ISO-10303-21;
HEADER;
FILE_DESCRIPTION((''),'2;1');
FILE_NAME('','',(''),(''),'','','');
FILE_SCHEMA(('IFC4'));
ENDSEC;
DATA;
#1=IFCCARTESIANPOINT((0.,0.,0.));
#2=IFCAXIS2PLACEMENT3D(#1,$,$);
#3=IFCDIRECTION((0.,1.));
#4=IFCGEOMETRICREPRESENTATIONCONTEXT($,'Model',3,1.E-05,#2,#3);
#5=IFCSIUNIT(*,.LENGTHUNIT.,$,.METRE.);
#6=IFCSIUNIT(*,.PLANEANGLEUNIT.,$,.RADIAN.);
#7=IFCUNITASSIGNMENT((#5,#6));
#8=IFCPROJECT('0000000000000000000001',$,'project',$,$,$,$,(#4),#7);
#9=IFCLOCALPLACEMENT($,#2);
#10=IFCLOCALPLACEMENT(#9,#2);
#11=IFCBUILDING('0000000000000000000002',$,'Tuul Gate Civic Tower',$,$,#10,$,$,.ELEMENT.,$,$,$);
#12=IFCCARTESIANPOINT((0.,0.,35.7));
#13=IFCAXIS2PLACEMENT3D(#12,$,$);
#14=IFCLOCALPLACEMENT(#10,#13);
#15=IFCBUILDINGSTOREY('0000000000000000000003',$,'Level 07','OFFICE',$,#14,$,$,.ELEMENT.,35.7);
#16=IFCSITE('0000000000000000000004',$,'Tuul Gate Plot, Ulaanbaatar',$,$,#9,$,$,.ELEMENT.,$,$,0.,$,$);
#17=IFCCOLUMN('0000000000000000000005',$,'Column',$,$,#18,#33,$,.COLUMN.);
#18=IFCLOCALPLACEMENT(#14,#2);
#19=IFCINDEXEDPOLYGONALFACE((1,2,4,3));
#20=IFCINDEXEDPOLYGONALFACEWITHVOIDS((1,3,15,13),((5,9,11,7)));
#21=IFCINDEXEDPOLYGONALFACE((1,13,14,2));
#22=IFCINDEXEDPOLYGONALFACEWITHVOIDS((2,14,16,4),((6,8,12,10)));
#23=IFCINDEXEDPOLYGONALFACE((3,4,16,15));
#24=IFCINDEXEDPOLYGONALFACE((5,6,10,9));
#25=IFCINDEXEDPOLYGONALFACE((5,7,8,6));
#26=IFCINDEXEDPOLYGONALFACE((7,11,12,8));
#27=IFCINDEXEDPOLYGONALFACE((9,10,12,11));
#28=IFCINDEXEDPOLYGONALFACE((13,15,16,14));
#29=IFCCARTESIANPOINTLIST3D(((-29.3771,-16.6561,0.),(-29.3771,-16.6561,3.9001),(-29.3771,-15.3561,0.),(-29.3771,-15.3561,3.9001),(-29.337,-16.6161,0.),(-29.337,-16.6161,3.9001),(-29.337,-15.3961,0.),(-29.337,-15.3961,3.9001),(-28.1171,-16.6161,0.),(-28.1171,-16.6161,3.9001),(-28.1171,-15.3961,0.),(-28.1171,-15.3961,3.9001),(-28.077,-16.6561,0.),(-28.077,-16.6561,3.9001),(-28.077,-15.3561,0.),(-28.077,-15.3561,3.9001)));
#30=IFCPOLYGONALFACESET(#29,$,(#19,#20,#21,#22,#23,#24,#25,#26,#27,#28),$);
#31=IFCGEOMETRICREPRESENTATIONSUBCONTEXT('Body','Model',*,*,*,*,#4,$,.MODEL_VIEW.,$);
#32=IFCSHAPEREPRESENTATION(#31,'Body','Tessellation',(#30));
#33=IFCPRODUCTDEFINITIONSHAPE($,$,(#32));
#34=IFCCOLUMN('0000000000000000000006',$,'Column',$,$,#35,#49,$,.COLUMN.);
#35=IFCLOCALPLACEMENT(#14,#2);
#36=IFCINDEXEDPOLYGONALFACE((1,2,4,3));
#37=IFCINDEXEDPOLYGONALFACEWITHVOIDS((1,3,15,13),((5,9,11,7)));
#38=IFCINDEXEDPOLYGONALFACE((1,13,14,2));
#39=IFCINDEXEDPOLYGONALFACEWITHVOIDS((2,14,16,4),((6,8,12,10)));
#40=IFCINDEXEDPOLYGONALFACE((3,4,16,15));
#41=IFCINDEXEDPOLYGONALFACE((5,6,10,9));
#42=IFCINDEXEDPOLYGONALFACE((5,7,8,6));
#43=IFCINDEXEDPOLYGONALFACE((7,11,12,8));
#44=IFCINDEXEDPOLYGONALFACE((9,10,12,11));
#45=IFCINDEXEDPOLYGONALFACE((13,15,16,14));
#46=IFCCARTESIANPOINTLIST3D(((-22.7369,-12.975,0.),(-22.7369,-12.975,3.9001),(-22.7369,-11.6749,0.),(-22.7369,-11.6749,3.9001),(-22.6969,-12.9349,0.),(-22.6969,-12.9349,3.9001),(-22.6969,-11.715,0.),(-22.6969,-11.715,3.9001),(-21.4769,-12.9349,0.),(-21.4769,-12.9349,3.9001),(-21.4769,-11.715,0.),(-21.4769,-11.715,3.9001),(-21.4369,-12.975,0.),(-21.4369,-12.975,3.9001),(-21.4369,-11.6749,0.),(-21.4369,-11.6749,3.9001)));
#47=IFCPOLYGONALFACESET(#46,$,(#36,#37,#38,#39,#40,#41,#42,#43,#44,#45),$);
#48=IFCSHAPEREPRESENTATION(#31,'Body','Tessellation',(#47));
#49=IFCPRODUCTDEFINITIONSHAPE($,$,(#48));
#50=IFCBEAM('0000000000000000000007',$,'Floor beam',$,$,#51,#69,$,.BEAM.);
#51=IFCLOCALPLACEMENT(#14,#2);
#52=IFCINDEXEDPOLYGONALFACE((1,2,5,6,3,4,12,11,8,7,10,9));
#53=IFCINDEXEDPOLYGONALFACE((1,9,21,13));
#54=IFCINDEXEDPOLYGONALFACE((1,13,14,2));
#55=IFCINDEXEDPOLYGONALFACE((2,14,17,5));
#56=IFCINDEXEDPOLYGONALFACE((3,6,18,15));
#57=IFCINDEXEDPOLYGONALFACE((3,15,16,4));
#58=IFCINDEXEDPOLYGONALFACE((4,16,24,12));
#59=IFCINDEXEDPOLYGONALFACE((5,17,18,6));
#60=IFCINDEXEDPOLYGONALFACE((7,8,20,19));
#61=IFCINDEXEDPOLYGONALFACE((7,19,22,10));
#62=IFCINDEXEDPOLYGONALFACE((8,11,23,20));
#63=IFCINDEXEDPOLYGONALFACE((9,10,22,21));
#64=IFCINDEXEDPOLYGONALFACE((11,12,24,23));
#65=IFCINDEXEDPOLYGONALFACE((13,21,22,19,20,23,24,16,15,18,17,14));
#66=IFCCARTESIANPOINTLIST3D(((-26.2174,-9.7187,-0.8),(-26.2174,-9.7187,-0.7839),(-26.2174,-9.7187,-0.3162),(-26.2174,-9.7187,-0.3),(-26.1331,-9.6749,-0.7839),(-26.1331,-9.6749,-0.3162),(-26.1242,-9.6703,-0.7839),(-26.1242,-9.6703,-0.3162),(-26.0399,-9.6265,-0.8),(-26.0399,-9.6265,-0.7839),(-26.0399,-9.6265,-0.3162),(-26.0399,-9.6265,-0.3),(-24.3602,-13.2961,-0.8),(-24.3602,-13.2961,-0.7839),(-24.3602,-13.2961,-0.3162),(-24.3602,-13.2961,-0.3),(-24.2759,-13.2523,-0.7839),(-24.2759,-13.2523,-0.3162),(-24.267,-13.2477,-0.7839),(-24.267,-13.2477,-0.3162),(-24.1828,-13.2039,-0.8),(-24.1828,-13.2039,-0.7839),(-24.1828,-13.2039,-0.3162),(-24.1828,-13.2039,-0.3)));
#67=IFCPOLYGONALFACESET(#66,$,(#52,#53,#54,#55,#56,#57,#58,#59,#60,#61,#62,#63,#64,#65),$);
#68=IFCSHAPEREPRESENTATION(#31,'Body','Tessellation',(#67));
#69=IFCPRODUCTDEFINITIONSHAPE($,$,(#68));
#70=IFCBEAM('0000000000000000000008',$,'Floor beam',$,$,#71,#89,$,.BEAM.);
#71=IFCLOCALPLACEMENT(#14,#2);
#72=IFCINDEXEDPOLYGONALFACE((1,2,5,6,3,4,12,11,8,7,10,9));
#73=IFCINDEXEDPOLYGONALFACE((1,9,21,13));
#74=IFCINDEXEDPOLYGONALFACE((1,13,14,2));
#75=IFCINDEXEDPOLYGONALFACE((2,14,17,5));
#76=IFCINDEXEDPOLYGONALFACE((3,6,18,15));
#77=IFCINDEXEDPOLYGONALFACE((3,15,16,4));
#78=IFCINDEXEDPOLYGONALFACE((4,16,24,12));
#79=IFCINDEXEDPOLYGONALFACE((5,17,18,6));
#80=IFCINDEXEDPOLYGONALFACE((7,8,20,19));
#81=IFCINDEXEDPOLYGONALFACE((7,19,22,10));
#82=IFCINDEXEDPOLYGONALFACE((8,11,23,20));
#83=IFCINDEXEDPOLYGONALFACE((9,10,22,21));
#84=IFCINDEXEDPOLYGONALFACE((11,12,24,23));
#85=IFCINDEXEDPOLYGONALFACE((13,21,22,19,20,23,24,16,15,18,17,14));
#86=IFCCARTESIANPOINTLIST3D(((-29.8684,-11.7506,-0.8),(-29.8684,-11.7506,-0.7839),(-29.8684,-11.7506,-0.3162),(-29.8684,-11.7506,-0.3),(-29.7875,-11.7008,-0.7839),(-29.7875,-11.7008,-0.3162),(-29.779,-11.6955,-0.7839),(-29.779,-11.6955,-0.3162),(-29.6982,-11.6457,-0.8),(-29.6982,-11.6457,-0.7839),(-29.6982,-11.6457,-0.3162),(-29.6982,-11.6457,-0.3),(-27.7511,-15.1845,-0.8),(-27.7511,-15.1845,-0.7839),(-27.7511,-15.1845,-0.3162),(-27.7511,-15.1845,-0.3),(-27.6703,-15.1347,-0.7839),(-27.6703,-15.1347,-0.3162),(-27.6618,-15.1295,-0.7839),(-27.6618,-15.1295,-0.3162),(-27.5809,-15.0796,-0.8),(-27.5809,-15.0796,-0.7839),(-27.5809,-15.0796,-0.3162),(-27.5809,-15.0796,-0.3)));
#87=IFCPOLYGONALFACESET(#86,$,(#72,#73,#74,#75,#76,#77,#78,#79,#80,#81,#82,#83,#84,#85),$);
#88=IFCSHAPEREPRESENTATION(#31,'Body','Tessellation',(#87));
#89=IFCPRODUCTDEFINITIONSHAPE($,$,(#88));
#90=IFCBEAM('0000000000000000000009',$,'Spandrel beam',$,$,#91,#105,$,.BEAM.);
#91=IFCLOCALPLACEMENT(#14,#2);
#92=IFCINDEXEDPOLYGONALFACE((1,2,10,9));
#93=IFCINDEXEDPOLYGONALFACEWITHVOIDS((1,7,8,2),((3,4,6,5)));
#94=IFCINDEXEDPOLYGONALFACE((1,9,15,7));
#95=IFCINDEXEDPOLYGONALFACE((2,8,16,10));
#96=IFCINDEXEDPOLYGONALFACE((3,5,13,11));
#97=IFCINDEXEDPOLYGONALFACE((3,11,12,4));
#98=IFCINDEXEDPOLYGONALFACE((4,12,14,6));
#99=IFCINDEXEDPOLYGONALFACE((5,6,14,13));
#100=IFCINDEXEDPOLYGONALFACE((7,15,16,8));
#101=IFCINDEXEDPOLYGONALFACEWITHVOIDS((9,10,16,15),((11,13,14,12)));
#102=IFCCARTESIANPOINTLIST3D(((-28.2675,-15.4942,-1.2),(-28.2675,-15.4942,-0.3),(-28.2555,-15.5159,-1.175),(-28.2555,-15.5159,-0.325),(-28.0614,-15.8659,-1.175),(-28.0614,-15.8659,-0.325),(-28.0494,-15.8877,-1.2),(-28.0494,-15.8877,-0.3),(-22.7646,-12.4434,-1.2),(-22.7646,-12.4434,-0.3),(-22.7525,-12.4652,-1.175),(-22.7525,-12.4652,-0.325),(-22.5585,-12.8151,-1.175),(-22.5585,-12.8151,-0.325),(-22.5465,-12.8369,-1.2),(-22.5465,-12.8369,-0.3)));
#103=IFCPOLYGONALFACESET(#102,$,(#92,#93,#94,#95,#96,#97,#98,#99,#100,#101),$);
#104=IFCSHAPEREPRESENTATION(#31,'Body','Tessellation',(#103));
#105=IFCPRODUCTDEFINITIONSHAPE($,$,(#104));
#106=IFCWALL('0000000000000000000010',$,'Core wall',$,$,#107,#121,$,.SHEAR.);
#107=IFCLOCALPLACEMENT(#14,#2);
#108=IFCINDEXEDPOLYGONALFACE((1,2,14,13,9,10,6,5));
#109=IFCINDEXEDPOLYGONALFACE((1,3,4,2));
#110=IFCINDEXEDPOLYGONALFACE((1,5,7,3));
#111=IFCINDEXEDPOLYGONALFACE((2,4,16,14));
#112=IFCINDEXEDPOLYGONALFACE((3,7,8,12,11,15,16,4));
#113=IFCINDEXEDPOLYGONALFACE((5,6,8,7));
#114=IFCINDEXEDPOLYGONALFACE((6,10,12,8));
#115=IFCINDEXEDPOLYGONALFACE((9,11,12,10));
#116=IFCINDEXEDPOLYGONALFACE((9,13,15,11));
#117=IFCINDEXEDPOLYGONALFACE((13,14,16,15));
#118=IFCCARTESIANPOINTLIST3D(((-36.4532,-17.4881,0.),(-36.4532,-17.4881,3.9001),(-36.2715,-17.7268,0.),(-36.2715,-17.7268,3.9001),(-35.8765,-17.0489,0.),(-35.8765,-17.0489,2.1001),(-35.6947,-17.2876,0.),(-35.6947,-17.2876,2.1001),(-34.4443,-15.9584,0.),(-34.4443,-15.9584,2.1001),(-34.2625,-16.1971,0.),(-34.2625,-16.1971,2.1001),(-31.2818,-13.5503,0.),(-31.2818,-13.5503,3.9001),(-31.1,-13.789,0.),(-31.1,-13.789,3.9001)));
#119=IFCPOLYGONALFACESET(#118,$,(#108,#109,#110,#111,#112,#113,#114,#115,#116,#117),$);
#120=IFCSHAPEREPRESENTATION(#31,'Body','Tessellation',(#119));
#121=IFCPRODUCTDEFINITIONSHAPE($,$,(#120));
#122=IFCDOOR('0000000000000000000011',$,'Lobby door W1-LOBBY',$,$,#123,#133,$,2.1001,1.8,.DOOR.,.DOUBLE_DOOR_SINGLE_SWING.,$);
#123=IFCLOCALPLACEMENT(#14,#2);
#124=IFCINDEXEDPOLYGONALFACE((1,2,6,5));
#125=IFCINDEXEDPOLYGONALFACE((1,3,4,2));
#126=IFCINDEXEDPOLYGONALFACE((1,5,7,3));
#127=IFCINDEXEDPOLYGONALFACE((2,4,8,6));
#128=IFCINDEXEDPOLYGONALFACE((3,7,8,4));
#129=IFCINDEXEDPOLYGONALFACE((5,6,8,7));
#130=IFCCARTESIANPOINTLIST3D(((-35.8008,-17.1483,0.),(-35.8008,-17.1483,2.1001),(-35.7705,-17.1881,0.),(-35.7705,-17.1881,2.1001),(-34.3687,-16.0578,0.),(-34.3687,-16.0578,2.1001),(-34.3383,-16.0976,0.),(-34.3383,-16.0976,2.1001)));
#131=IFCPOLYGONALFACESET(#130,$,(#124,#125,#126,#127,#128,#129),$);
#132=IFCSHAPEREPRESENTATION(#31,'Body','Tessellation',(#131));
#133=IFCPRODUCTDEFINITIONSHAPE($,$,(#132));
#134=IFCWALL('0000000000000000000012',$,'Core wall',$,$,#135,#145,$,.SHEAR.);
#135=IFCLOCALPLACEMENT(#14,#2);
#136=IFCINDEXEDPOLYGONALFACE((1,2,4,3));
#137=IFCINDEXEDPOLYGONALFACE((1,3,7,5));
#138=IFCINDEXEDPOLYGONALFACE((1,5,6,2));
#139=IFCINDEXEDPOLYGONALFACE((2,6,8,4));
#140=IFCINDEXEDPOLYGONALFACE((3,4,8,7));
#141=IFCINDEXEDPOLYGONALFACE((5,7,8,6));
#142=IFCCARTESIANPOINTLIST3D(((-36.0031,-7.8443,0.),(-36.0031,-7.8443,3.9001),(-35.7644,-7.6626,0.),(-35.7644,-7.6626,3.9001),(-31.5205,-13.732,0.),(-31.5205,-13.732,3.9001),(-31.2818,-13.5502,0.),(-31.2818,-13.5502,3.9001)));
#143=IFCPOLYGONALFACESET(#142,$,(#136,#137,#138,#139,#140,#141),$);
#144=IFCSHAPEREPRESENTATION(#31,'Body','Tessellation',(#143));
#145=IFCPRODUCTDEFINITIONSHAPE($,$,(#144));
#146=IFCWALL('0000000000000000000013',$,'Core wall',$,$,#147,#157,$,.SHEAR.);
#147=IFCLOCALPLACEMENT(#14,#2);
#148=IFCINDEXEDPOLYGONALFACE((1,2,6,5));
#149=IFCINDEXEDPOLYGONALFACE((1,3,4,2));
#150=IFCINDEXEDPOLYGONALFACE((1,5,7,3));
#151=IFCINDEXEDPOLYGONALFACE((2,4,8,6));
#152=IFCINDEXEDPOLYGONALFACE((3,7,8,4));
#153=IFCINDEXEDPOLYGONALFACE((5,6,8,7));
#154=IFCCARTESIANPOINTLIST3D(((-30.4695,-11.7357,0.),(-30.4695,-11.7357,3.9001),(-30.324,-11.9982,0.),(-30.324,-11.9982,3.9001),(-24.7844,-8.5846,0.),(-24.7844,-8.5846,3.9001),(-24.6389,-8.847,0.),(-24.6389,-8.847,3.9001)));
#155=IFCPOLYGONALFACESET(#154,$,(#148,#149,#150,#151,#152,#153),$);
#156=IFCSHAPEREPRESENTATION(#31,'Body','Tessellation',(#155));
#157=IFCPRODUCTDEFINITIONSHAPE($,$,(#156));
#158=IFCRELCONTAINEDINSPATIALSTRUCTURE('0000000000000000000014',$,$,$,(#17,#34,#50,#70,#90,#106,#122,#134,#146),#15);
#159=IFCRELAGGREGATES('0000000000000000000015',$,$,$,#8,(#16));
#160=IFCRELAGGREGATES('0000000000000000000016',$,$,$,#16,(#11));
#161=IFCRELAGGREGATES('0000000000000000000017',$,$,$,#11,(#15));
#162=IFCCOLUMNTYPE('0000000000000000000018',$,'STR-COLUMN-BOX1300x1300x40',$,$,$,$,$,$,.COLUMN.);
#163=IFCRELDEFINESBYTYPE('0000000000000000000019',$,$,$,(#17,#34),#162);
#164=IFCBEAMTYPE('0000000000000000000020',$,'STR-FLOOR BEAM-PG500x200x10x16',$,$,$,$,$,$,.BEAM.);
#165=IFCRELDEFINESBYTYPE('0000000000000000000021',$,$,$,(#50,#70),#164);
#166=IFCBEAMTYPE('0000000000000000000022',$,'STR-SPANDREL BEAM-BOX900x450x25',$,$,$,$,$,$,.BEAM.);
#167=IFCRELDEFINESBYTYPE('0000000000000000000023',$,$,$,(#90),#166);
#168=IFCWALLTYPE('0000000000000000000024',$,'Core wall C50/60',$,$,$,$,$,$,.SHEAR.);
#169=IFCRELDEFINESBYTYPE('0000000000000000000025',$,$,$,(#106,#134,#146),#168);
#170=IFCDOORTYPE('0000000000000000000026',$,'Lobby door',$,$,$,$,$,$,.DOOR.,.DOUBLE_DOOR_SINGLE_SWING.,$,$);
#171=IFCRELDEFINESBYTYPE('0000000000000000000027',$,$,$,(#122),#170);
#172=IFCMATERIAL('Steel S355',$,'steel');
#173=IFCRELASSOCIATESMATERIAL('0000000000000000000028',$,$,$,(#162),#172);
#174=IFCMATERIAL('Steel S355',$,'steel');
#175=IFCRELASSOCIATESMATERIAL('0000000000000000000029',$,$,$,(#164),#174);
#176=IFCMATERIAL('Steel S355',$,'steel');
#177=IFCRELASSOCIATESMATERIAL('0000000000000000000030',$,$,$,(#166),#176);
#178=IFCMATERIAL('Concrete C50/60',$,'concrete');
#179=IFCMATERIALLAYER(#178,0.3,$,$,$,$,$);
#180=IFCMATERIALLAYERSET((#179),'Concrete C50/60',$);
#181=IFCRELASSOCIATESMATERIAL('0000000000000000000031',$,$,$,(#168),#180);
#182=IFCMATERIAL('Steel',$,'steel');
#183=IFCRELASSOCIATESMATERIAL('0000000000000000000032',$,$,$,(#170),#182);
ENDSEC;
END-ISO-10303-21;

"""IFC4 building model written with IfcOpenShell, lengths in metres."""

from ifc_helpers import new_model, si_unit, direction, frame, frame_2d, origin, origin_2d, place, context, subcontext, project, spatial, rectangle, hollow_rectangle, i_section, extrude, material, layer, layer_set, material_profile, profile_set, type_object, element, fill, save


model = new_model("IFC4")

# Units and contexts
model_context = context("Model", 3, precision=1e-05, world=origin(), true_north=direction((0.0, 1.0)))
body_context = subcontext(model_context, "Body", "Model", "MODEL_VIEW")
ifc_project = project(units=[si_unit("LENGTHUNIT", "METRE"), si_unit("PLANEANGLEUNIT", "RADIAN")], contexts=[model_context])

# Site, building, storey
site_placement = place(None, origin())
site = spatial("IfcSite", under=ifc_project, at=site_placement, Name="Tuul Gate Plot, Ulaanbaatar", CompositionType="ELEMENT", RefElevation=0.0)
building_placement = place(site_placement, origin())
building = spatial("IfcBuilding", under=site, at=building_placement, Name="Tuul Gate Civic Tower", CompositionType="ELEMENT")
storey_placement = place(building_placement, frame((0.0, 0.0, 35.7)))
storey = spatial("IfcBuildingStorey", under=building, at=storey_placement, Name="Level 07", Description="OFFICE", CompositionType="ELEMENT", Elevation=35.7)

# Columns
ifc_material_1 = material(Name="Steel S355", Category="steel")
ifc_material_profile_1 = material_profile(ifc_material_1, hollow_rectangle(XDim=1.3, YDim=1.3, WallThickness=0.04, at=origin_2d()), Name="BOX1300x1300x40")
ifc_profile_set_1 = profile_set([ifc_material_profile_1], Name="Steel S355")
column_type = type_object("IfcColumnType", Name="STR-COLUMN-BOX1300x1300x40", PredefinedType="COLUMN", material=ifc_profile_set_1)
for number, where, z_axis, x_axis, name in (
    (1, (-28.7271, -16.0061, 0.0), (0.0, 0.0, 1.0), (1.0, 0.0, 0.0), "Column"),
    (2, (-22.0869, -12.325, 0.0), (0.0, 0.0, 1.0), (1.0, 0.0, 0.0), "Column"),
):
    element("IfcColumn", number, at=place(storey_placement, frame(where, z_axis=z_axis, x_axis=x_axis)), inside=storey, type_object=column_type, Name=name, PredefinedType="COLUMN", context=body_context, shape_type="SweptSolid", body=[
        extrude(hollow_rectangle(XDim=1.3, YDim=1.3, WallThickness=0.04, at=origin_2d()), origin(), (0.0, 0.0, 1.0), 3.9001),
    ])

# Beams
ifc_material_2 = material(Name="Steel S355", Category="steel")
ifc_material_profile_2 = material_profile(ifc_material_2, i_section(OverallWidth=0.2, OverallDepth=0.5, WebThickness=0.01, FlangeThickness=0.0161, at=origin_2d()), Name="PG500x200x10x16")
ifc_profile_set_2 = profile_set([ifc_material_profile_2], Name="Steel S355")
beam_type_1 = type_object("IfcBeamType", Name="STR-FLOOR BEAM-PG500x200x10x16", PredefinedType="BEAM", material=ifc_profile_set_2)
beam_1_placement = place(storey_placement, frame((-24.2715, -13.25, -0.55), z_axis=(-0.460754, 0.887528, 0.0), x_axis=(-0.887528, -0.460754, 0.0)))
element("IfcBeam", 3, at=beam_1_placement, inside=storey, type_object=beam_type_1, Name="Floor beam", PredefinedType="BEAM", context=body_context, shape_type="SweptSolid", body=[
    extrude(i_section(OverallWidth=0.2, OverallDepth=0.5, WebThickness=0.01, FlangeThickness=0.0161, at=origin_2d()), origin(), (0.0, 0.0, 1.0), 4.0308),
])
beam_2_placement = place(storey_placement, frame((-27.666, -15.1321, -0.55), z_axis=(-0.524827, 0.851209, 0.0), x_axis=(-0.851209, -0.524827, 0.0)))
element("IfcBeam", 4, at=beam_2_placement, inside=storey, type_object=beam_type_1, Name="Floor beam", PredefinedType="BEAM", context=body_context, shape_type="SweptSolid", body=[
    extrude(i_section(OverallWidth=0.2, OverallDepth=0.5, WebThickness=0.01, FlangeThickness=0.0161, at=origin_2d()), origin(), (0.0, 0.0, 1.0), 4.0342),
])
ifc_material_3 = material(Name="Steel S355", Category="steel")
ifc_material_profile_3 = material_profile(ifc_material_3, hollow_rectangle(XDim=0.45, YDim=0.8999, WallThickness=0.0249, at=origin_2d()), Name="BOX900x450x25")
ifc_profile_set_3 = profile_set([ifc_material_profile_3], Name="Steel S355")
beam_type_2 = type_object("IfcBeamType", Name="STR-SPANDREL BEAM-BOX900x450x25", PredefinedType="BEAM", material=ifc_profile_set_3)
beam_3_placement = place(storey_placement, frame((-28.1584, -15.6909, -0.75), z_axis=(0.874589, 0.484865, 0.0), x_axis=(-0.484865, 0.874589, 0.0)))
element("IfcBeam", 5, at=beam_3_placement, inside=storey, type_object=beam_type_2, Name="Spandrel beam", PredefinedType="BEAM", context=body_context, shape_type="SweptSolid", body=[
    extrude(hollow_rectangle(XDim=0.45, YDim=0.8999, WallThickness=0.0249, at=origin_2d()), origin(), (0.0, 0.0, 1.0), 6.292),
])

# Wall, opening, door
ifc_material_4 = material(Name="Concrete C50/60", Category="concrete")
ifc_layer_1 = layer(ifc_material_4, 0.3)
ifc_layer_set_1 = layer_set([ifc_layer_1], Name="Concrete C50/60")
wall_type_1 = type_object("IfcWallType", Name="Core wall C50/60", PredefinedType="SHEAR", material=ifc_layer_set_1)
wall_1_placement = place(storey_placement, frame((-31.1909, -13.6697, 0.0), z_axis=(0.0, 0.0, 1.0), x_axis=(-0.795607, -0.605813, 0.0)))
wall_1 = element("IfcWall", 6, at=wall_1_placement, inside=storey, type_object=wall_type_1, Name="Core wall", PredefinedType="SHEAR", context=body_context, shape_type="SweptSolid", body=[
    extrude(rectangle(XDim=6.5, YDim=0.3, at=frame_2d((3.25, 0.0))), origin(), (0.0, 0.0, 1.0), 3.9001),
])
opening_1_placement = place(wall_1_placement, frame((3.9751, 0.0, 0.0)))
opening_1 = element("IfcOpeningElement", 7, at=opening_1_placement, cuts=wall_1, PredefinedType="OPENING", context=body_context, shape_type="SweptSolid", body=[
    extrude(rectangle(XDim=1.8, YDim=2.1001, at=frame_2d((0.8999, 1.05))), frame((0.0, 0.1602, 0.0), z_axis=(0.0, -1.0, 0.0), x_axis=(1.0, 0.0, 0.0)), (0.0, 0.0, 1.0), 0.3201),
])
ifc_material_5 = material(Name="Steel", Category="steel")
door_type_1 = type_object("IfcDoorType", Name="Lobby door", OperationType="DOUBLE_DOOR_SINGLE_SWING", PredefinedType="DOOR", material=ifc_material_5)
door_1_placement = place(opening_1_placement, origin())
door_1 = element("IfcDoor", 8, at=door_1_placement, inside=storey, type_object=door_type_1, Name="Lobby door W1-LOBBY", OperationType="DOUBLE_DOOR_SINGLE_SWING", OverallHeight=2.1001, OverallWidth=1.8, PredefinedType="DOOR", context=body_context, shape_type="SweptSolid", body=[
    extrude(rectangle(XDim=1.8, YDim=2.1001, at=frame_2d((0.8999, 1.05))), frame((0.0, 0.0249, 0.0), z_axis=(0.0, -1.0, 0.0), x_axis=(1.0, 0.0, 0.0)), (0.0, 0.0, 1.0), 0.05),
])
fill(opening_1, door_1)

# Walls
wall_2_placement = place(storey_placement, frame((-31.4011, -13.6411, 0.0), z_axis=(0.0, 0.0, 1.0), x_axis=(-0.60577, 0.79564, 0.0)))
element("IfcWall", 9, at=wall_2_placement, inside=storey, type_object=wall_type_1, Name="Core wall", PredefinedType="SHEAR", context=body_context, shape_type="SweptSolid", body=[
    extrude(rectangle(XDim=7.3999, YDim=0.3, at=frame_2d((3.7, 0.0))), origin(), (0.0, 0.0, 1.0), 3.9001),
])
wall_3_placement = place(storey_placement, frame((-24.7117, -8.7158, 0.0), z_axis=(0.0, 0.0, 1.0), x_axis=(-0.87463, -0.484791, 0.0)))
element("IfcWall", 10, at=wall_3_placement, inside=storey, type_object=wall_type_1, Name="Core wall", PredefinedType="SHEAR", context=body_context, shape_type="SweptSolid", body=[
    extrude(rectangle(XDim=6.5, YDim=0.3, at=frame_2d((3.25, 0.0))), origin(), (0.0, 0.0, 1.0), 3.9001),
])

save(model, "model.ifc")
